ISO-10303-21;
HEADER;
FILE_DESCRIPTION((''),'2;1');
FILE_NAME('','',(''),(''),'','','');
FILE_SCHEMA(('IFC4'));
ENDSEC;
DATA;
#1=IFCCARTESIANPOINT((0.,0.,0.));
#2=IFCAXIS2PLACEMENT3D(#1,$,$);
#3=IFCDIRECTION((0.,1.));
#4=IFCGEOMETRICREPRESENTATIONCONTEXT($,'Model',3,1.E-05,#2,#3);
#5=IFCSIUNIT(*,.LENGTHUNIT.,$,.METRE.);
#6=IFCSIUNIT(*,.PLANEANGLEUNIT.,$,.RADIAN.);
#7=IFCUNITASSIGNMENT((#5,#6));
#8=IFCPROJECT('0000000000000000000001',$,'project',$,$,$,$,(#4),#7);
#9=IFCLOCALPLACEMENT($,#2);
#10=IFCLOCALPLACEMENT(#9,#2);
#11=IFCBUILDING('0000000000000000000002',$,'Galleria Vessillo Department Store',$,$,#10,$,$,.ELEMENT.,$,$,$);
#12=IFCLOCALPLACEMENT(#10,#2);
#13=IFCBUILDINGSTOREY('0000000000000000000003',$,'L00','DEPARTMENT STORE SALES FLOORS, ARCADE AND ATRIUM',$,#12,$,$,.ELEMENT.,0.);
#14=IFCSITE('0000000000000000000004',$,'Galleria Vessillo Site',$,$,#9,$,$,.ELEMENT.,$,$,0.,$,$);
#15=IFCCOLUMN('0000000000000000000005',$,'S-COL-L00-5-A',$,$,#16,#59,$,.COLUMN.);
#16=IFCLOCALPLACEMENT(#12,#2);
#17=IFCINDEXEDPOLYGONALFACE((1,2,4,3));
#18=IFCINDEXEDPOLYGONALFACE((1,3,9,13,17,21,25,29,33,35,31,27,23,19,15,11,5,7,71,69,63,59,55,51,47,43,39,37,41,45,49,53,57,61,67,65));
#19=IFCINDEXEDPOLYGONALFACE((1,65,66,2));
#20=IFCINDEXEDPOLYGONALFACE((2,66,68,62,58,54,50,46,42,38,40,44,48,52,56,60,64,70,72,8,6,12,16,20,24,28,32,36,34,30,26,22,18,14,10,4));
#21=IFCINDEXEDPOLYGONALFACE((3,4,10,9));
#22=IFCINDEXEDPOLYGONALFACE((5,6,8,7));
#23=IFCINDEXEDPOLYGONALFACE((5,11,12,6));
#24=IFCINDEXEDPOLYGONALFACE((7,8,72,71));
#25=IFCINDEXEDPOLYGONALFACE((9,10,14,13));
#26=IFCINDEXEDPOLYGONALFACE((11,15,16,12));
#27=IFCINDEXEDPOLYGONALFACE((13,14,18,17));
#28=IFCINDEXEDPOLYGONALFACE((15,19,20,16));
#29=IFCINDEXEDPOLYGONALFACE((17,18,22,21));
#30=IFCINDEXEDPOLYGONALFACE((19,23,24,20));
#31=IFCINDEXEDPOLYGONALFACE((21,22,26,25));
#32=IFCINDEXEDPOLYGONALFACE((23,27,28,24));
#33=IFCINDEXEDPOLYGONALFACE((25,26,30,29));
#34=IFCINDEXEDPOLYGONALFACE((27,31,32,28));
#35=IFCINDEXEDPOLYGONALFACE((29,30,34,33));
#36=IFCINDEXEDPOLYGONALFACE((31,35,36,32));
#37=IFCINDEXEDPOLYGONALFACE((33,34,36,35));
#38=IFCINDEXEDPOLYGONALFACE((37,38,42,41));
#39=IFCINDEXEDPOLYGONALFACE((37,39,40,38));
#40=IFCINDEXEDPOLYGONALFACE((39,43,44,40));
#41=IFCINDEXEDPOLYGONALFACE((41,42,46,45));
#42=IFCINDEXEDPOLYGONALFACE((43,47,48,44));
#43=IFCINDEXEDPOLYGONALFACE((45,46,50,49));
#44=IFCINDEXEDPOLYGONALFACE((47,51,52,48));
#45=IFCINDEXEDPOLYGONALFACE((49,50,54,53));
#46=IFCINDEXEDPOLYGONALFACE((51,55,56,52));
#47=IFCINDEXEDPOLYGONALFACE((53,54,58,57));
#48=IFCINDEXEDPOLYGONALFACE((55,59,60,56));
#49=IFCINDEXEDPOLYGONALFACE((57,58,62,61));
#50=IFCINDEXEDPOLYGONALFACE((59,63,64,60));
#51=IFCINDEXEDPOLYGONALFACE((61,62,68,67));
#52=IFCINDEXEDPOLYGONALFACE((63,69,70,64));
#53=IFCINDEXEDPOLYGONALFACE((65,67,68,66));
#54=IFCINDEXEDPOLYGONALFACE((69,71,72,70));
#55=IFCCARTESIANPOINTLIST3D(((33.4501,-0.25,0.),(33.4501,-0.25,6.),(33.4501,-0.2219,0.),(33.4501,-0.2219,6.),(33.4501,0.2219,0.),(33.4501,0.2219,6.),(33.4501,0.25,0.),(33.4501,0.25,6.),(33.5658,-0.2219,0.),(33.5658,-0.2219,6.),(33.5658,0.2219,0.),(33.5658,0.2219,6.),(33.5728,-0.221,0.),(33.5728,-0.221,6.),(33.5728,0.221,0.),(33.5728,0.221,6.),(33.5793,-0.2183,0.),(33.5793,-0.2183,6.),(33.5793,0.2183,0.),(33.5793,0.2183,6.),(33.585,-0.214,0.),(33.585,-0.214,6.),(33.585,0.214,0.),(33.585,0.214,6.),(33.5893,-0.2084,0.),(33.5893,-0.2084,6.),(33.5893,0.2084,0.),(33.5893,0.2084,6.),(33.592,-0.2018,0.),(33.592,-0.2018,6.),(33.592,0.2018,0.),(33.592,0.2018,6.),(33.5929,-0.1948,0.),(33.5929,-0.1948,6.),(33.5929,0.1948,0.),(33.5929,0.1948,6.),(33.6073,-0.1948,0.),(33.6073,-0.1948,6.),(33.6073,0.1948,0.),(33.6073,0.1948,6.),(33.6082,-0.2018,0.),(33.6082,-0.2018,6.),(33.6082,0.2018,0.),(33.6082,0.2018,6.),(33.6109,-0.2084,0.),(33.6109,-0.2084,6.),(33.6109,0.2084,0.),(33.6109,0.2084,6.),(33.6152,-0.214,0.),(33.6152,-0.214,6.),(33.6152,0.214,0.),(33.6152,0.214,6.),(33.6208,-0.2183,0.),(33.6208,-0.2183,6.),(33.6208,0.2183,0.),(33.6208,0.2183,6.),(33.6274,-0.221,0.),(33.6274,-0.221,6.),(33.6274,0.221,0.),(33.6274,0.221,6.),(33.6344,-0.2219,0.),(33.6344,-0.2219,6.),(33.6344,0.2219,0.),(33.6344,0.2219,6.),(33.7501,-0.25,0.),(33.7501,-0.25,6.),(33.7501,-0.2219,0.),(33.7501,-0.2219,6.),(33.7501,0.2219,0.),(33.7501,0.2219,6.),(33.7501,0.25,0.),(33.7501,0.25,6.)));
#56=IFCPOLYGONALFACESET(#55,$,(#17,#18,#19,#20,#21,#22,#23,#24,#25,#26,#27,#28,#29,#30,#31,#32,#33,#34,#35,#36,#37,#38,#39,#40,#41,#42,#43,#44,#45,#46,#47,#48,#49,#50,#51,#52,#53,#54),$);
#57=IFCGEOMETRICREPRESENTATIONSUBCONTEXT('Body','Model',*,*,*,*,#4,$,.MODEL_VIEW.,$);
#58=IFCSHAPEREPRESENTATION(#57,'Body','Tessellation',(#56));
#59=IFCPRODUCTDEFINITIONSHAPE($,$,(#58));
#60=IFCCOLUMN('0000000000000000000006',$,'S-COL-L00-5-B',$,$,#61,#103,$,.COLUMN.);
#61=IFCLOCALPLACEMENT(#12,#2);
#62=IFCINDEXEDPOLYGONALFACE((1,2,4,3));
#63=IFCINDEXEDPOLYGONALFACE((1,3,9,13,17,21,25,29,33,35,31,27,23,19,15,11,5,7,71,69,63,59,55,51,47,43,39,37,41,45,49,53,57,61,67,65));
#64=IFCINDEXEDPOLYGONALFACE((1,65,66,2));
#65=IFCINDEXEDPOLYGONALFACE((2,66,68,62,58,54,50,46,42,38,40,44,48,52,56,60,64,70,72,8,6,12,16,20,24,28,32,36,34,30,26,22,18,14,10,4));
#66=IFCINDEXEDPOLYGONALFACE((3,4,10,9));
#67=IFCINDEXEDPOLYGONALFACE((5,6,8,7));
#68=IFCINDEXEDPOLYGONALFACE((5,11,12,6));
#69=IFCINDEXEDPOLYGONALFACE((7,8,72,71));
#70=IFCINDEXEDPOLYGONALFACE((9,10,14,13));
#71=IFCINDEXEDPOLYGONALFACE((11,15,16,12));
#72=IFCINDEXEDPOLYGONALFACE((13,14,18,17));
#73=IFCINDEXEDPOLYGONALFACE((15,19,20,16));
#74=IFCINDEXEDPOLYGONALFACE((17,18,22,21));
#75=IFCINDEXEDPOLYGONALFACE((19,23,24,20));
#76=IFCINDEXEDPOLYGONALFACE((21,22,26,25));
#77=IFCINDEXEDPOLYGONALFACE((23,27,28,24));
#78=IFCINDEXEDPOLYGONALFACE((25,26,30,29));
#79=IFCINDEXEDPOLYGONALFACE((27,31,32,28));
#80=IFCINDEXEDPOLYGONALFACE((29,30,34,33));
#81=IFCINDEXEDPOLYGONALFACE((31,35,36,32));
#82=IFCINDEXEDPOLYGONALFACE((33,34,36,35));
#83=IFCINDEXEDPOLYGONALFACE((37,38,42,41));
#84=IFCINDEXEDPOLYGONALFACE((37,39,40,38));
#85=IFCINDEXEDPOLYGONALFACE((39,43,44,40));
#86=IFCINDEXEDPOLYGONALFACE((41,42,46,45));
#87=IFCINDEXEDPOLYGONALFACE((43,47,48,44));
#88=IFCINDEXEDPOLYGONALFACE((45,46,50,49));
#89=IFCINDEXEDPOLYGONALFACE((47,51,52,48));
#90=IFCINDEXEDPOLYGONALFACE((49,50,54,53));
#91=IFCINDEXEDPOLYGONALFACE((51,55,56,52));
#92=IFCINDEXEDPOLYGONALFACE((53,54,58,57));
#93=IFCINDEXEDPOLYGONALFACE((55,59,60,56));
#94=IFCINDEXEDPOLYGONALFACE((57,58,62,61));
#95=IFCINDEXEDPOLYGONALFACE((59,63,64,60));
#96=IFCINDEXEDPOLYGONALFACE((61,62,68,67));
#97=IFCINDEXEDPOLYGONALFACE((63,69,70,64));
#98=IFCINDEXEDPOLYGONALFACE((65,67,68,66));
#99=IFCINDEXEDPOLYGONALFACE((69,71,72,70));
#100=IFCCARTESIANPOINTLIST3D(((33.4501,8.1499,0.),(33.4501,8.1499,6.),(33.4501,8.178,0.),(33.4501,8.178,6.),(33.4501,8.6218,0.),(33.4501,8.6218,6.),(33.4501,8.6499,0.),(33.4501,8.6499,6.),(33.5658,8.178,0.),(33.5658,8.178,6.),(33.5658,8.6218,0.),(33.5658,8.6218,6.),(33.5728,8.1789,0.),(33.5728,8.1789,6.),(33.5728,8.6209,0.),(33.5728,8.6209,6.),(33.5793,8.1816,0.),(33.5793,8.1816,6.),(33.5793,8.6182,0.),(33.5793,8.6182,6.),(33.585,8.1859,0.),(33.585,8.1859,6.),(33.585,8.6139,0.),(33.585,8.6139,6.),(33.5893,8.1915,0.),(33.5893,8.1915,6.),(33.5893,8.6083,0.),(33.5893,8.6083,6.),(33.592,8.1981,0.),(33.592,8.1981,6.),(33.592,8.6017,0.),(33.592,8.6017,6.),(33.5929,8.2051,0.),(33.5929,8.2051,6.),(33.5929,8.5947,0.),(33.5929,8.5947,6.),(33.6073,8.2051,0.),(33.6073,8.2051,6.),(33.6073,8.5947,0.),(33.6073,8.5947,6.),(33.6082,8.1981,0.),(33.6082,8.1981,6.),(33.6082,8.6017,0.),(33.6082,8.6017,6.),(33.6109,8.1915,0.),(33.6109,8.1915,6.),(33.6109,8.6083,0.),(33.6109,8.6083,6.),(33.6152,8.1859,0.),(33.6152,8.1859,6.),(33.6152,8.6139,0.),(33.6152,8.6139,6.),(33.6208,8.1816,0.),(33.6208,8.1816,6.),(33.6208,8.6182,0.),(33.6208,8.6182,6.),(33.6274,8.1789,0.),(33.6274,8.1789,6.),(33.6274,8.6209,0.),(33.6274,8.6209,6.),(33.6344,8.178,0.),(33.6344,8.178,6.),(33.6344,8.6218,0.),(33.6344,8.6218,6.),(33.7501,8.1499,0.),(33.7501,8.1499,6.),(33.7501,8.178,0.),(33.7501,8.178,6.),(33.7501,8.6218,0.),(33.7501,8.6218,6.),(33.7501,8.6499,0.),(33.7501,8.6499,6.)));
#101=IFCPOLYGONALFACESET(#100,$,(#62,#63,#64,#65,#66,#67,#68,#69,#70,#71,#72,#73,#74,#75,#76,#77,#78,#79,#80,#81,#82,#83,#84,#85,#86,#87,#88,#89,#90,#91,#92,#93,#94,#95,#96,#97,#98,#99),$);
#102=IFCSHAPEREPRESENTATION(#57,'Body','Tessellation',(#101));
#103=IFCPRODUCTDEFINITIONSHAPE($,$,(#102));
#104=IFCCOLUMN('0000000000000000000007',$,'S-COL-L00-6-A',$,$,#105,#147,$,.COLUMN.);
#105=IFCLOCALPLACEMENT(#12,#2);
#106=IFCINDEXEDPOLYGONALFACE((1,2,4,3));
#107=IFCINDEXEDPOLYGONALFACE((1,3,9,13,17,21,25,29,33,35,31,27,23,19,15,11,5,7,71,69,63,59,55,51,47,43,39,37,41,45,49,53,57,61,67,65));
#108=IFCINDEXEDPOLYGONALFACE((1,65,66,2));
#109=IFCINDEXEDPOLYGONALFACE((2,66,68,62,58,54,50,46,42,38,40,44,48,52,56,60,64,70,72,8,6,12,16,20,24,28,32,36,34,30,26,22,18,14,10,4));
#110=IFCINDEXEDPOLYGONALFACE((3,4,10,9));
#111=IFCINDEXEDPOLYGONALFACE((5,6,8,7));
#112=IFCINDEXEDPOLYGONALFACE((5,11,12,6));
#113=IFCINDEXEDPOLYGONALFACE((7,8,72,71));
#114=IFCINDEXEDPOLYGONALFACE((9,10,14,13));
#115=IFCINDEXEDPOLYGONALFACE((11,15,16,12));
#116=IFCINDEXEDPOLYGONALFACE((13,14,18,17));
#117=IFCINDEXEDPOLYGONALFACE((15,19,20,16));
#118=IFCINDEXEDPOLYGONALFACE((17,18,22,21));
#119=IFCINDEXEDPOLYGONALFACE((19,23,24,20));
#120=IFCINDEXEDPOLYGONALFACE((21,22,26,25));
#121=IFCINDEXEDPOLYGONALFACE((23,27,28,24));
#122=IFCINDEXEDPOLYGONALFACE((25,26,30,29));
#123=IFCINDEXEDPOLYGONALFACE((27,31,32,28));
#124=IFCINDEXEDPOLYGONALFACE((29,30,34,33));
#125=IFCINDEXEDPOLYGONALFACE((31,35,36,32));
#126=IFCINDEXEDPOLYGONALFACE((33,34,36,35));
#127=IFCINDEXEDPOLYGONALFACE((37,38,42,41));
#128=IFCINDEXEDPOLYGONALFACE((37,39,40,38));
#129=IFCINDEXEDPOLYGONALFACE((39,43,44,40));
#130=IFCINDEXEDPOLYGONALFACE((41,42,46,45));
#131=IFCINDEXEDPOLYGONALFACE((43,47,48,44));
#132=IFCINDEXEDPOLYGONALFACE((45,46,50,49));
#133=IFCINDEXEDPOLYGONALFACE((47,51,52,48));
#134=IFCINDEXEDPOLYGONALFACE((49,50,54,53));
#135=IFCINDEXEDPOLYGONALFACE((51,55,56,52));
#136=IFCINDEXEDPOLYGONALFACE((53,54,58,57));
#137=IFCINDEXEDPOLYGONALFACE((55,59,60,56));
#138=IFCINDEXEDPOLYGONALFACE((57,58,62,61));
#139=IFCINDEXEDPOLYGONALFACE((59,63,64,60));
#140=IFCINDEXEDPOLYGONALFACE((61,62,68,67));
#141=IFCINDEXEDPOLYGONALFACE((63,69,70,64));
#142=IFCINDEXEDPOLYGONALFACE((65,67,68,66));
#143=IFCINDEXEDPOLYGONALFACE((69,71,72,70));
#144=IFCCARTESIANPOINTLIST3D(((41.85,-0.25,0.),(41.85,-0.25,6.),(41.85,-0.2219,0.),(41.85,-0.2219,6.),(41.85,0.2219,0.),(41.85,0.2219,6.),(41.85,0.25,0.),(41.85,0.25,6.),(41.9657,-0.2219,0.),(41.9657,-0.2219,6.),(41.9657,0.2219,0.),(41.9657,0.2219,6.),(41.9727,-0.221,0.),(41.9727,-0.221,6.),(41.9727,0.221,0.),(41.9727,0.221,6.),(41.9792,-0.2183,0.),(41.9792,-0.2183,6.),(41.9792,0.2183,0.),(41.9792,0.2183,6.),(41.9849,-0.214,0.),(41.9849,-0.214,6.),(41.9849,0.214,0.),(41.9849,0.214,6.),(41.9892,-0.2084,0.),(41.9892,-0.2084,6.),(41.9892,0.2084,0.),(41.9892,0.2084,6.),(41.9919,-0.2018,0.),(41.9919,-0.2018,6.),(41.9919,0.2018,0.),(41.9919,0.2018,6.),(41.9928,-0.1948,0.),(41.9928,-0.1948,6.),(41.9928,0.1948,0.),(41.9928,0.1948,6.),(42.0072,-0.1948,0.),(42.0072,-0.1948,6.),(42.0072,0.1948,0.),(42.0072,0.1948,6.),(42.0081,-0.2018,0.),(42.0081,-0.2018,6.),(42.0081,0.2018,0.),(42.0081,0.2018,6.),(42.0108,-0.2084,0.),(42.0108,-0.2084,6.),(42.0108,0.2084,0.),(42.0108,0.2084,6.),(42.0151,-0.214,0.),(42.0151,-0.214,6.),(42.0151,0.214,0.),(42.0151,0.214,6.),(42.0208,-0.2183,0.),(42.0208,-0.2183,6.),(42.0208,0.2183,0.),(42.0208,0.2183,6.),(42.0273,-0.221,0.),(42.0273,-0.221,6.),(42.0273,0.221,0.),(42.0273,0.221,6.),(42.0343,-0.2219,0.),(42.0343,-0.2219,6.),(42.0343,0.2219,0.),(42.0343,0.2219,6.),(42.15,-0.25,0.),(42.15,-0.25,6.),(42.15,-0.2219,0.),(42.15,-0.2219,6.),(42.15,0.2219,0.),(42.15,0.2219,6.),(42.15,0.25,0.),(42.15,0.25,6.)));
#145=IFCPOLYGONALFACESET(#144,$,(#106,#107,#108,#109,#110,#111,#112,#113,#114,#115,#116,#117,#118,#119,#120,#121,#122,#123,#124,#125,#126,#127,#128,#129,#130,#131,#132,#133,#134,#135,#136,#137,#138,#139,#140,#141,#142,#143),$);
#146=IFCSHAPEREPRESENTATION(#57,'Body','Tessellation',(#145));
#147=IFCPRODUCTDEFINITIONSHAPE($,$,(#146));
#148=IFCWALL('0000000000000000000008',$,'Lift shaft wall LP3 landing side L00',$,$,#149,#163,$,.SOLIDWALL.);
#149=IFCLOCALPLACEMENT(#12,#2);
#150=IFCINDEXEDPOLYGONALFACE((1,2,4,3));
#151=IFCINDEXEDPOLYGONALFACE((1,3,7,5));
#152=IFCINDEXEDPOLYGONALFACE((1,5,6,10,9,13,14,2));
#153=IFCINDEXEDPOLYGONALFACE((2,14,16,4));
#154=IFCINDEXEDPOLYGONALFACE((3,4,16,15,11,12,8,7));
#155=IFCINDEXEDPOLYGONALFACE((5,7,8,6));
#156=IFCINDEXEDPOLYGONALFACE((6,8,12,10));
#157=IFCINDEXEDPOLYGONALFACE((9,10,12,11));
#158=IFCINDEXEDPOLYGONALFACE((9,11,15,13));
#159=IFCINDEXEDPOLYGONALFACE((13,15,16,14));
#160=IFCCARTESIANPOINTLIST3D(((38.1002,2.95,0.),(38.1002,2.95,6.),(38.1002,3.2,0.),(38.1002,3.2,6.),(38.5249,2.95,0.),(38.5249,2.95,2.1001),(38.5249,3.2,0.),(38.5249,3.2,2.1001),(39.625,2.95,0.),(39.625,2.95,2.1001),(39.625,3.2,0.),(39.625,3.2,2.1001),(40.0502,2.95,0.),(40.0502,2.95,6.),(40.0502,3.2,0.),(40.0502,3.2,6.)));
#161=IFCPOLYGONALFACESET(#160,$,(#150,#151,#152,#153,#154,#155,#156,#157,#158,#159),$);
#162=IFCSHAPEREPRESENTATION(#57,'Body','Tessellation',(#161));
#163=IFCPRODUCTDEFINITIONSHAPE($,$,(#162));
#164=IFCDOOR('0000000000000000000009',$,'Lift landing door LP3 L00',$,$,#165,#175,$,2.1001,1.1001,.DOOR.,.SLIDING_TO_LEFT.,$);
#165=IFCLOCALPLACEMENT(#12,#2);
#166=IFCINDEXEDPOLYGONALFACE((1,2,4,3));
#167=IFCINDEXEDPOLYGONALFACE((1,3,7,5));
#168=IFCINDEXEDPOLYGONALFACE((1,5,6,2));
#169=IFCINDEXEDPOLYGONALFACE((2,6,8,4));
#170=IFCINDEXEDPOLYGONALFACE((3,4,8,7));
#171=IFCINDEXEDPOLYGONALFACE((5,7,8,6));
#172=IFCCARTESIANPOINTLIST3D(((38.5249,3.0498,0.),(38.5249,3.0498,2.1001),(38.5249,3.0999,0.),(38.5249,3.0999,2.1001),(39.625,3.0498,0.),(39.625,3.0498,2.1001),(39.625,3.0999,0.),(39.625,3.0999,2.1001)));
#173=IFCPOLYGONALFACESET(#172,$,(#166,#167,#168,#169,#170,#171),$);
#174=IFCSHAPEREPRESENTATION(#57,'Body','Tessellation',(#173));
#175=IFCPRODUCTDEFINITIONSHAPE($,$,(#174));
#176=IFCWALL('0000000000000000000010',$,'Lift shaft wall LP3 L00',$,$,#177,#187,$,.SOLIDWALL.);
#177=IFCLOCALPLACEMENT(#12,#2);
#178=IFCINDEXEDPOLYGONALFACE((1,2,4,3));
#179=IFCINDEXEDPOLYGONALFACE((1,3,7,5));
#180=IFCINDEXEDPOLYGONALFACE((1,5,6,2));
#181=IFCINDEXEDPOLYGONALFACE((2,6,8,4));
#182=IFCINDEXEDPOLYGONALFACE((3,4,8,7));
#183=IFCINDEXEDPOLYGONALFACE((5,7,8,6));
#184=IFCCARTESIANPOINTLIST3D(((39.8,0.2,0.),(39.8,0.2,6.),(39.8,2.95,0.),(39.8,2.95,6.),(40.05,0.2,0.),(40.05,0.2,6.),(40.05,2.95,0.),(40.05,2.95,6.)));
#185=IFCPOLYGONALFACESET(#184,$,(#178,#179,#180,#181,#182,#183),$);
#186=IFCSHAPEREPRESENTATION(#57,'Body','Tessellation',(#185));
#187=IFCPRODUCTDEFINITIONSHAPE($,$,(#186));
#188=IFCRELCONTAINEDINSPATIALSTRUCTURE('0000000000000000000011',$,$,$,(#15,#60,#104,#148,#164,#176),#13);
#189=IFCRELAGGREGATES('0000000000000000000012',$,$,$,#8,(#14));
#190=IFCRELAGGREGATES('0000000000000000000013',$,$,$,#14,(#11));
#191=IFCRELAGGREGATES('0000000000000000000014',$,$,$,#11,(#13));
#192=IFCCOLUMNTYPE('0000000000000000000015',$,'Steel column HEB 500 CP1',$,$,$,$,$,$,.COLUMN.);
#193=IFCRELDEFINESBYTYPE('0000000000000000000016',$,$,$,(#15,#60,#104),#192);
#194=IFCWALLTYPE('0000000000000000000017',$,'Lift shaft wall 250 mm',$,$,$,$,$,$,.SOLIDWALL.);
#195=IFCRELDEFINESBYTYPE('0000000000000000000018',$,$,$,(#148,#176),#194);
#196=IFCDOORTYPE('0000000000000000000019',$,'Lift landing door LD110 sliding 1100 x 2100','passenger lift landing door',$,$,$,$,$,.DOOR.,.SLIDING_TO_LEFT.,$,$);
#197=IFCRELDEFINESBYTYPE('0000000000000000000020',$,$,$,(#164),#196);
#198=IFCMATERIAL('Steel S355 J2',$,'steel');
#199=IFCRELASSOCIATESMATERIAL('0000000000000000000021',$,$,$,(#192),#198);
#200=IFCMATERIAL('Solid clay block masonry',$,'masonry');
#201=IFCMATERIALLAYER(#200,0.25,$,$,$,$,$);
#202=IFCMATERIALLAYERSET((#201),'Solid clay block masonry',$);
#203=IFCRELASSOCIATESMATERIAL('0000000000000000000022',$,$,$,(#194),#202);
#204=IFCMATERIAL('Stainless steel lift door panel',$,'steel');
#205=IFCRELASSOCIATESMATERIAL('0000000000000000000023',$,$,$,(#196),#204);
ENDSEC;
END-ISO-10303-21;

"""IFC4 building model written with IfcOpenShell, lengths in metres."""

from ifc_helpers import new_model, si_unit, direction, frame, frame_2d, origin, origin_2d, place, context, subcontext, project, spatial, rectangle, i_section, extrude, material, layer, layer_set, material_profile, profile_set, type_object, element, fill, save


model = new_model("IFC4")

# Units and contexts
model_context = context("Model", 3, precision=1e-05, world=origin(), true_north=direction((0.0, 1.0)))
body_context = subcontext(model_context, "Body", "Model", "MODEL_VIEW")
ifc_project = project(units=[si_unit("LENGTHUNIT", "METRE"), si_unit("PLANEANGLEUNIT", "RADIAN")], contexts=[model_context])

# Site, building, storey
site_placement = place(None, origin())
site = spatial("IfcSite", under=ifc_project, at=site_placement, Name="Galleria Vessillo Site", CompositionType="ELEMENT", RefElevation=0.0)
building_placement = place(site_placement, origin())
building = spatial("IfcBuilding", under=site, at=building_placement, Name="Galleria Vessillo Department Store", CompositionType="ELEMENT")
storey_placement = place(building_placement, origin())
storey = spatial("IfcBuildingStorey", under=building, at=storey_placement, Name="L00", Description="DEPARTMENT STORE SALES FLOORS, ARCADE AND ATRIUM", CompositionType="ELEMENT", Elevation=0.0)

# Columns
ifc_material_1 = material(Name="Steel S355 J2", Category="steel")
ifc_material_profile = material_profile(ifc_material_1, i_section(OverallWidth=0.3, OverallDepth=0.5, WebThickness=0.0144, FlangeThickness=0.0281, FilletRadius=0.0271, at=origin_2d()), Name="HEB 500")
ifc_profile_set = profile_set([ifc_material_profile], Name="Steel S355 J2")
column_type = type_object("IfcColumnType", Name="Steel column HEB 500 CP1", PredefinedType="COLUMN", material=ifc_profile_set)
for number, where, z_axis, x_axis, name in (
    (1, (33.6001, 0.0, 0.0), (0.0, 0.0, 1.0), (1.0, 0.0, 0.0), "S-COL-L00-5-A"),
    (2, (33.6001, 8.3999, 0.0), (0.0, 0.0, 1.0), (1.0, 0.0, 0.0), "S-COL-L00-5-B"),
    (3, (42.0, 0.0, 0.0), (0.0, 0.0, 1.0), (1.0, 0.0, 0.0), "S-COL-L00-6-A"),
):
    element("IfcColumn", number, at=place(storey_placement, frame(where, z_axis=z_axis, x_axis=x_axis)), inside=storey, type_object=column_type, Name=name, PredefinedType="COLUMN", context=body_context, shape_type="SweptSolid", body=[
        extrude(i_section(OverallWidth=0.3, OverallDepth=0.5, WebThickness=0.0144, FlangeThickness=0.0281, FilletRadius=0.0271, at=origin_2d()), origin(), (0.0, 0.0, 1.0), 6.0),
    ])

# Wall, opening, door
ifc_material_2 = material(Name="Solid clay block masonry", Category="masonry")
ifc_layer_1 = layer(ifc_material_2, 0.25)
ifc_layer_set_1 = layer_set([ifc_layer_1], Name="Solid clay block masonry")
wall_type_1 = type_object("IfcWallType", Name="Lift shaft wall 250 mm", PredefinedType="SOLIDWALL", material=ifc_layer_set_1)
wall_1_placement = place(storey_placement, frame((38.1001, 3.075, 0.0), z_axis=(0.0, 0.0, 1.0), x_axis=(1.0, 0.0, 0.0)))
wall_1 = element("IfcWall", 4, at=wall_1_placement, inside=storey, type_object=wall_type_1, Name="Lift shaft wall LP3 landing side L00", PredefinedType="SOLIDWALL", context=body_context, shape_type="SweptSolid", body=[
    extrude(rectangle(XDim=1.95, YDim=0.25, at=frame_2d((0.9751, 0.0))), origin(), (0.0, 0.0, 1.0), 6.0),
])
opening_1_placement = place(wall_1_placement, frame((0.4248, 0.0, 0.0)))
opening_1 = element("IfcOpeningElement", 5, at=opening_1_placement, cuts=wall_1, PredefinedType="OPENING", context=body_context, shape_type="SweptSolid", body=[
    extrude(rectangle(XDim=1.1001, YDim=2.1001, at=frame_2d((0.55, 1.05))), frame((0.0, 0.135, 0.0), z_axis=(0.0, -1.0, 0.0), x_axis=(1.0, 0.0, 0.0)), (0.0, 0.0, 1.0), 0.27),
])
ifc_material_3 = material(Name="Stainless steel lift door panel", Category="steel")
door_type_1 = type_object("IfcDoorType", Name="Lift landing door LD110 sliding 1100 x 2100", Description="passenger lift landing door", OperationType="SLIDING_TO_LEFT", PredefinedType="DOOR", material=ifc_material_3)
door_1_placement = place(opening_1_placement, origin())
door_1 = element("IfcDoor", 6, at=door_1_placement, inside=storey, type_object=door_type_1, Name="Lift landing door LP3 L00", OperationType="SLIDING_TO_LEFT", OverallHeight=2.1001, OverallWidth=1.1001, PredefinedType="DOOR", context=body_context, shape_type="SweptSolid", body=[
    extrude(rectangle(XDim=1.1001, YDim=2.1001, at=frame_2d((0.55, 1.05))), frame((0.0, 0.0249, 0.0), z_axis=(0.0, -1.0, 0.0), x_axis=(1.0, 0.0, 0.0)), (0.0, 0.0, 1.0), 0.05),
])
fill(opening_1, door_1)

# Wall
wall_2_placement = place(storey_placement, frame((39.925, 0.2, 0.0), z_axis=(0.0, 0.0, 1.0), x_axis=(0.0, 1.0, 0.0)))
element("IfcWall", 7, at=wall_2_placement, inside=storey, type_object=wall_type_1, Name="Lift shaft wall LP3 L00", PredefinedType="SOLIDWALL", context=body_context, shape_type="SweptSolid", body=[
    extrude(rectangle(XDim=2.75, YDim=0.25, at=frame_2d((1.375, 0.0))), origin(), (0.0, 0.0, 1.0), 6.0),
])

save(model, "model.ifc")
